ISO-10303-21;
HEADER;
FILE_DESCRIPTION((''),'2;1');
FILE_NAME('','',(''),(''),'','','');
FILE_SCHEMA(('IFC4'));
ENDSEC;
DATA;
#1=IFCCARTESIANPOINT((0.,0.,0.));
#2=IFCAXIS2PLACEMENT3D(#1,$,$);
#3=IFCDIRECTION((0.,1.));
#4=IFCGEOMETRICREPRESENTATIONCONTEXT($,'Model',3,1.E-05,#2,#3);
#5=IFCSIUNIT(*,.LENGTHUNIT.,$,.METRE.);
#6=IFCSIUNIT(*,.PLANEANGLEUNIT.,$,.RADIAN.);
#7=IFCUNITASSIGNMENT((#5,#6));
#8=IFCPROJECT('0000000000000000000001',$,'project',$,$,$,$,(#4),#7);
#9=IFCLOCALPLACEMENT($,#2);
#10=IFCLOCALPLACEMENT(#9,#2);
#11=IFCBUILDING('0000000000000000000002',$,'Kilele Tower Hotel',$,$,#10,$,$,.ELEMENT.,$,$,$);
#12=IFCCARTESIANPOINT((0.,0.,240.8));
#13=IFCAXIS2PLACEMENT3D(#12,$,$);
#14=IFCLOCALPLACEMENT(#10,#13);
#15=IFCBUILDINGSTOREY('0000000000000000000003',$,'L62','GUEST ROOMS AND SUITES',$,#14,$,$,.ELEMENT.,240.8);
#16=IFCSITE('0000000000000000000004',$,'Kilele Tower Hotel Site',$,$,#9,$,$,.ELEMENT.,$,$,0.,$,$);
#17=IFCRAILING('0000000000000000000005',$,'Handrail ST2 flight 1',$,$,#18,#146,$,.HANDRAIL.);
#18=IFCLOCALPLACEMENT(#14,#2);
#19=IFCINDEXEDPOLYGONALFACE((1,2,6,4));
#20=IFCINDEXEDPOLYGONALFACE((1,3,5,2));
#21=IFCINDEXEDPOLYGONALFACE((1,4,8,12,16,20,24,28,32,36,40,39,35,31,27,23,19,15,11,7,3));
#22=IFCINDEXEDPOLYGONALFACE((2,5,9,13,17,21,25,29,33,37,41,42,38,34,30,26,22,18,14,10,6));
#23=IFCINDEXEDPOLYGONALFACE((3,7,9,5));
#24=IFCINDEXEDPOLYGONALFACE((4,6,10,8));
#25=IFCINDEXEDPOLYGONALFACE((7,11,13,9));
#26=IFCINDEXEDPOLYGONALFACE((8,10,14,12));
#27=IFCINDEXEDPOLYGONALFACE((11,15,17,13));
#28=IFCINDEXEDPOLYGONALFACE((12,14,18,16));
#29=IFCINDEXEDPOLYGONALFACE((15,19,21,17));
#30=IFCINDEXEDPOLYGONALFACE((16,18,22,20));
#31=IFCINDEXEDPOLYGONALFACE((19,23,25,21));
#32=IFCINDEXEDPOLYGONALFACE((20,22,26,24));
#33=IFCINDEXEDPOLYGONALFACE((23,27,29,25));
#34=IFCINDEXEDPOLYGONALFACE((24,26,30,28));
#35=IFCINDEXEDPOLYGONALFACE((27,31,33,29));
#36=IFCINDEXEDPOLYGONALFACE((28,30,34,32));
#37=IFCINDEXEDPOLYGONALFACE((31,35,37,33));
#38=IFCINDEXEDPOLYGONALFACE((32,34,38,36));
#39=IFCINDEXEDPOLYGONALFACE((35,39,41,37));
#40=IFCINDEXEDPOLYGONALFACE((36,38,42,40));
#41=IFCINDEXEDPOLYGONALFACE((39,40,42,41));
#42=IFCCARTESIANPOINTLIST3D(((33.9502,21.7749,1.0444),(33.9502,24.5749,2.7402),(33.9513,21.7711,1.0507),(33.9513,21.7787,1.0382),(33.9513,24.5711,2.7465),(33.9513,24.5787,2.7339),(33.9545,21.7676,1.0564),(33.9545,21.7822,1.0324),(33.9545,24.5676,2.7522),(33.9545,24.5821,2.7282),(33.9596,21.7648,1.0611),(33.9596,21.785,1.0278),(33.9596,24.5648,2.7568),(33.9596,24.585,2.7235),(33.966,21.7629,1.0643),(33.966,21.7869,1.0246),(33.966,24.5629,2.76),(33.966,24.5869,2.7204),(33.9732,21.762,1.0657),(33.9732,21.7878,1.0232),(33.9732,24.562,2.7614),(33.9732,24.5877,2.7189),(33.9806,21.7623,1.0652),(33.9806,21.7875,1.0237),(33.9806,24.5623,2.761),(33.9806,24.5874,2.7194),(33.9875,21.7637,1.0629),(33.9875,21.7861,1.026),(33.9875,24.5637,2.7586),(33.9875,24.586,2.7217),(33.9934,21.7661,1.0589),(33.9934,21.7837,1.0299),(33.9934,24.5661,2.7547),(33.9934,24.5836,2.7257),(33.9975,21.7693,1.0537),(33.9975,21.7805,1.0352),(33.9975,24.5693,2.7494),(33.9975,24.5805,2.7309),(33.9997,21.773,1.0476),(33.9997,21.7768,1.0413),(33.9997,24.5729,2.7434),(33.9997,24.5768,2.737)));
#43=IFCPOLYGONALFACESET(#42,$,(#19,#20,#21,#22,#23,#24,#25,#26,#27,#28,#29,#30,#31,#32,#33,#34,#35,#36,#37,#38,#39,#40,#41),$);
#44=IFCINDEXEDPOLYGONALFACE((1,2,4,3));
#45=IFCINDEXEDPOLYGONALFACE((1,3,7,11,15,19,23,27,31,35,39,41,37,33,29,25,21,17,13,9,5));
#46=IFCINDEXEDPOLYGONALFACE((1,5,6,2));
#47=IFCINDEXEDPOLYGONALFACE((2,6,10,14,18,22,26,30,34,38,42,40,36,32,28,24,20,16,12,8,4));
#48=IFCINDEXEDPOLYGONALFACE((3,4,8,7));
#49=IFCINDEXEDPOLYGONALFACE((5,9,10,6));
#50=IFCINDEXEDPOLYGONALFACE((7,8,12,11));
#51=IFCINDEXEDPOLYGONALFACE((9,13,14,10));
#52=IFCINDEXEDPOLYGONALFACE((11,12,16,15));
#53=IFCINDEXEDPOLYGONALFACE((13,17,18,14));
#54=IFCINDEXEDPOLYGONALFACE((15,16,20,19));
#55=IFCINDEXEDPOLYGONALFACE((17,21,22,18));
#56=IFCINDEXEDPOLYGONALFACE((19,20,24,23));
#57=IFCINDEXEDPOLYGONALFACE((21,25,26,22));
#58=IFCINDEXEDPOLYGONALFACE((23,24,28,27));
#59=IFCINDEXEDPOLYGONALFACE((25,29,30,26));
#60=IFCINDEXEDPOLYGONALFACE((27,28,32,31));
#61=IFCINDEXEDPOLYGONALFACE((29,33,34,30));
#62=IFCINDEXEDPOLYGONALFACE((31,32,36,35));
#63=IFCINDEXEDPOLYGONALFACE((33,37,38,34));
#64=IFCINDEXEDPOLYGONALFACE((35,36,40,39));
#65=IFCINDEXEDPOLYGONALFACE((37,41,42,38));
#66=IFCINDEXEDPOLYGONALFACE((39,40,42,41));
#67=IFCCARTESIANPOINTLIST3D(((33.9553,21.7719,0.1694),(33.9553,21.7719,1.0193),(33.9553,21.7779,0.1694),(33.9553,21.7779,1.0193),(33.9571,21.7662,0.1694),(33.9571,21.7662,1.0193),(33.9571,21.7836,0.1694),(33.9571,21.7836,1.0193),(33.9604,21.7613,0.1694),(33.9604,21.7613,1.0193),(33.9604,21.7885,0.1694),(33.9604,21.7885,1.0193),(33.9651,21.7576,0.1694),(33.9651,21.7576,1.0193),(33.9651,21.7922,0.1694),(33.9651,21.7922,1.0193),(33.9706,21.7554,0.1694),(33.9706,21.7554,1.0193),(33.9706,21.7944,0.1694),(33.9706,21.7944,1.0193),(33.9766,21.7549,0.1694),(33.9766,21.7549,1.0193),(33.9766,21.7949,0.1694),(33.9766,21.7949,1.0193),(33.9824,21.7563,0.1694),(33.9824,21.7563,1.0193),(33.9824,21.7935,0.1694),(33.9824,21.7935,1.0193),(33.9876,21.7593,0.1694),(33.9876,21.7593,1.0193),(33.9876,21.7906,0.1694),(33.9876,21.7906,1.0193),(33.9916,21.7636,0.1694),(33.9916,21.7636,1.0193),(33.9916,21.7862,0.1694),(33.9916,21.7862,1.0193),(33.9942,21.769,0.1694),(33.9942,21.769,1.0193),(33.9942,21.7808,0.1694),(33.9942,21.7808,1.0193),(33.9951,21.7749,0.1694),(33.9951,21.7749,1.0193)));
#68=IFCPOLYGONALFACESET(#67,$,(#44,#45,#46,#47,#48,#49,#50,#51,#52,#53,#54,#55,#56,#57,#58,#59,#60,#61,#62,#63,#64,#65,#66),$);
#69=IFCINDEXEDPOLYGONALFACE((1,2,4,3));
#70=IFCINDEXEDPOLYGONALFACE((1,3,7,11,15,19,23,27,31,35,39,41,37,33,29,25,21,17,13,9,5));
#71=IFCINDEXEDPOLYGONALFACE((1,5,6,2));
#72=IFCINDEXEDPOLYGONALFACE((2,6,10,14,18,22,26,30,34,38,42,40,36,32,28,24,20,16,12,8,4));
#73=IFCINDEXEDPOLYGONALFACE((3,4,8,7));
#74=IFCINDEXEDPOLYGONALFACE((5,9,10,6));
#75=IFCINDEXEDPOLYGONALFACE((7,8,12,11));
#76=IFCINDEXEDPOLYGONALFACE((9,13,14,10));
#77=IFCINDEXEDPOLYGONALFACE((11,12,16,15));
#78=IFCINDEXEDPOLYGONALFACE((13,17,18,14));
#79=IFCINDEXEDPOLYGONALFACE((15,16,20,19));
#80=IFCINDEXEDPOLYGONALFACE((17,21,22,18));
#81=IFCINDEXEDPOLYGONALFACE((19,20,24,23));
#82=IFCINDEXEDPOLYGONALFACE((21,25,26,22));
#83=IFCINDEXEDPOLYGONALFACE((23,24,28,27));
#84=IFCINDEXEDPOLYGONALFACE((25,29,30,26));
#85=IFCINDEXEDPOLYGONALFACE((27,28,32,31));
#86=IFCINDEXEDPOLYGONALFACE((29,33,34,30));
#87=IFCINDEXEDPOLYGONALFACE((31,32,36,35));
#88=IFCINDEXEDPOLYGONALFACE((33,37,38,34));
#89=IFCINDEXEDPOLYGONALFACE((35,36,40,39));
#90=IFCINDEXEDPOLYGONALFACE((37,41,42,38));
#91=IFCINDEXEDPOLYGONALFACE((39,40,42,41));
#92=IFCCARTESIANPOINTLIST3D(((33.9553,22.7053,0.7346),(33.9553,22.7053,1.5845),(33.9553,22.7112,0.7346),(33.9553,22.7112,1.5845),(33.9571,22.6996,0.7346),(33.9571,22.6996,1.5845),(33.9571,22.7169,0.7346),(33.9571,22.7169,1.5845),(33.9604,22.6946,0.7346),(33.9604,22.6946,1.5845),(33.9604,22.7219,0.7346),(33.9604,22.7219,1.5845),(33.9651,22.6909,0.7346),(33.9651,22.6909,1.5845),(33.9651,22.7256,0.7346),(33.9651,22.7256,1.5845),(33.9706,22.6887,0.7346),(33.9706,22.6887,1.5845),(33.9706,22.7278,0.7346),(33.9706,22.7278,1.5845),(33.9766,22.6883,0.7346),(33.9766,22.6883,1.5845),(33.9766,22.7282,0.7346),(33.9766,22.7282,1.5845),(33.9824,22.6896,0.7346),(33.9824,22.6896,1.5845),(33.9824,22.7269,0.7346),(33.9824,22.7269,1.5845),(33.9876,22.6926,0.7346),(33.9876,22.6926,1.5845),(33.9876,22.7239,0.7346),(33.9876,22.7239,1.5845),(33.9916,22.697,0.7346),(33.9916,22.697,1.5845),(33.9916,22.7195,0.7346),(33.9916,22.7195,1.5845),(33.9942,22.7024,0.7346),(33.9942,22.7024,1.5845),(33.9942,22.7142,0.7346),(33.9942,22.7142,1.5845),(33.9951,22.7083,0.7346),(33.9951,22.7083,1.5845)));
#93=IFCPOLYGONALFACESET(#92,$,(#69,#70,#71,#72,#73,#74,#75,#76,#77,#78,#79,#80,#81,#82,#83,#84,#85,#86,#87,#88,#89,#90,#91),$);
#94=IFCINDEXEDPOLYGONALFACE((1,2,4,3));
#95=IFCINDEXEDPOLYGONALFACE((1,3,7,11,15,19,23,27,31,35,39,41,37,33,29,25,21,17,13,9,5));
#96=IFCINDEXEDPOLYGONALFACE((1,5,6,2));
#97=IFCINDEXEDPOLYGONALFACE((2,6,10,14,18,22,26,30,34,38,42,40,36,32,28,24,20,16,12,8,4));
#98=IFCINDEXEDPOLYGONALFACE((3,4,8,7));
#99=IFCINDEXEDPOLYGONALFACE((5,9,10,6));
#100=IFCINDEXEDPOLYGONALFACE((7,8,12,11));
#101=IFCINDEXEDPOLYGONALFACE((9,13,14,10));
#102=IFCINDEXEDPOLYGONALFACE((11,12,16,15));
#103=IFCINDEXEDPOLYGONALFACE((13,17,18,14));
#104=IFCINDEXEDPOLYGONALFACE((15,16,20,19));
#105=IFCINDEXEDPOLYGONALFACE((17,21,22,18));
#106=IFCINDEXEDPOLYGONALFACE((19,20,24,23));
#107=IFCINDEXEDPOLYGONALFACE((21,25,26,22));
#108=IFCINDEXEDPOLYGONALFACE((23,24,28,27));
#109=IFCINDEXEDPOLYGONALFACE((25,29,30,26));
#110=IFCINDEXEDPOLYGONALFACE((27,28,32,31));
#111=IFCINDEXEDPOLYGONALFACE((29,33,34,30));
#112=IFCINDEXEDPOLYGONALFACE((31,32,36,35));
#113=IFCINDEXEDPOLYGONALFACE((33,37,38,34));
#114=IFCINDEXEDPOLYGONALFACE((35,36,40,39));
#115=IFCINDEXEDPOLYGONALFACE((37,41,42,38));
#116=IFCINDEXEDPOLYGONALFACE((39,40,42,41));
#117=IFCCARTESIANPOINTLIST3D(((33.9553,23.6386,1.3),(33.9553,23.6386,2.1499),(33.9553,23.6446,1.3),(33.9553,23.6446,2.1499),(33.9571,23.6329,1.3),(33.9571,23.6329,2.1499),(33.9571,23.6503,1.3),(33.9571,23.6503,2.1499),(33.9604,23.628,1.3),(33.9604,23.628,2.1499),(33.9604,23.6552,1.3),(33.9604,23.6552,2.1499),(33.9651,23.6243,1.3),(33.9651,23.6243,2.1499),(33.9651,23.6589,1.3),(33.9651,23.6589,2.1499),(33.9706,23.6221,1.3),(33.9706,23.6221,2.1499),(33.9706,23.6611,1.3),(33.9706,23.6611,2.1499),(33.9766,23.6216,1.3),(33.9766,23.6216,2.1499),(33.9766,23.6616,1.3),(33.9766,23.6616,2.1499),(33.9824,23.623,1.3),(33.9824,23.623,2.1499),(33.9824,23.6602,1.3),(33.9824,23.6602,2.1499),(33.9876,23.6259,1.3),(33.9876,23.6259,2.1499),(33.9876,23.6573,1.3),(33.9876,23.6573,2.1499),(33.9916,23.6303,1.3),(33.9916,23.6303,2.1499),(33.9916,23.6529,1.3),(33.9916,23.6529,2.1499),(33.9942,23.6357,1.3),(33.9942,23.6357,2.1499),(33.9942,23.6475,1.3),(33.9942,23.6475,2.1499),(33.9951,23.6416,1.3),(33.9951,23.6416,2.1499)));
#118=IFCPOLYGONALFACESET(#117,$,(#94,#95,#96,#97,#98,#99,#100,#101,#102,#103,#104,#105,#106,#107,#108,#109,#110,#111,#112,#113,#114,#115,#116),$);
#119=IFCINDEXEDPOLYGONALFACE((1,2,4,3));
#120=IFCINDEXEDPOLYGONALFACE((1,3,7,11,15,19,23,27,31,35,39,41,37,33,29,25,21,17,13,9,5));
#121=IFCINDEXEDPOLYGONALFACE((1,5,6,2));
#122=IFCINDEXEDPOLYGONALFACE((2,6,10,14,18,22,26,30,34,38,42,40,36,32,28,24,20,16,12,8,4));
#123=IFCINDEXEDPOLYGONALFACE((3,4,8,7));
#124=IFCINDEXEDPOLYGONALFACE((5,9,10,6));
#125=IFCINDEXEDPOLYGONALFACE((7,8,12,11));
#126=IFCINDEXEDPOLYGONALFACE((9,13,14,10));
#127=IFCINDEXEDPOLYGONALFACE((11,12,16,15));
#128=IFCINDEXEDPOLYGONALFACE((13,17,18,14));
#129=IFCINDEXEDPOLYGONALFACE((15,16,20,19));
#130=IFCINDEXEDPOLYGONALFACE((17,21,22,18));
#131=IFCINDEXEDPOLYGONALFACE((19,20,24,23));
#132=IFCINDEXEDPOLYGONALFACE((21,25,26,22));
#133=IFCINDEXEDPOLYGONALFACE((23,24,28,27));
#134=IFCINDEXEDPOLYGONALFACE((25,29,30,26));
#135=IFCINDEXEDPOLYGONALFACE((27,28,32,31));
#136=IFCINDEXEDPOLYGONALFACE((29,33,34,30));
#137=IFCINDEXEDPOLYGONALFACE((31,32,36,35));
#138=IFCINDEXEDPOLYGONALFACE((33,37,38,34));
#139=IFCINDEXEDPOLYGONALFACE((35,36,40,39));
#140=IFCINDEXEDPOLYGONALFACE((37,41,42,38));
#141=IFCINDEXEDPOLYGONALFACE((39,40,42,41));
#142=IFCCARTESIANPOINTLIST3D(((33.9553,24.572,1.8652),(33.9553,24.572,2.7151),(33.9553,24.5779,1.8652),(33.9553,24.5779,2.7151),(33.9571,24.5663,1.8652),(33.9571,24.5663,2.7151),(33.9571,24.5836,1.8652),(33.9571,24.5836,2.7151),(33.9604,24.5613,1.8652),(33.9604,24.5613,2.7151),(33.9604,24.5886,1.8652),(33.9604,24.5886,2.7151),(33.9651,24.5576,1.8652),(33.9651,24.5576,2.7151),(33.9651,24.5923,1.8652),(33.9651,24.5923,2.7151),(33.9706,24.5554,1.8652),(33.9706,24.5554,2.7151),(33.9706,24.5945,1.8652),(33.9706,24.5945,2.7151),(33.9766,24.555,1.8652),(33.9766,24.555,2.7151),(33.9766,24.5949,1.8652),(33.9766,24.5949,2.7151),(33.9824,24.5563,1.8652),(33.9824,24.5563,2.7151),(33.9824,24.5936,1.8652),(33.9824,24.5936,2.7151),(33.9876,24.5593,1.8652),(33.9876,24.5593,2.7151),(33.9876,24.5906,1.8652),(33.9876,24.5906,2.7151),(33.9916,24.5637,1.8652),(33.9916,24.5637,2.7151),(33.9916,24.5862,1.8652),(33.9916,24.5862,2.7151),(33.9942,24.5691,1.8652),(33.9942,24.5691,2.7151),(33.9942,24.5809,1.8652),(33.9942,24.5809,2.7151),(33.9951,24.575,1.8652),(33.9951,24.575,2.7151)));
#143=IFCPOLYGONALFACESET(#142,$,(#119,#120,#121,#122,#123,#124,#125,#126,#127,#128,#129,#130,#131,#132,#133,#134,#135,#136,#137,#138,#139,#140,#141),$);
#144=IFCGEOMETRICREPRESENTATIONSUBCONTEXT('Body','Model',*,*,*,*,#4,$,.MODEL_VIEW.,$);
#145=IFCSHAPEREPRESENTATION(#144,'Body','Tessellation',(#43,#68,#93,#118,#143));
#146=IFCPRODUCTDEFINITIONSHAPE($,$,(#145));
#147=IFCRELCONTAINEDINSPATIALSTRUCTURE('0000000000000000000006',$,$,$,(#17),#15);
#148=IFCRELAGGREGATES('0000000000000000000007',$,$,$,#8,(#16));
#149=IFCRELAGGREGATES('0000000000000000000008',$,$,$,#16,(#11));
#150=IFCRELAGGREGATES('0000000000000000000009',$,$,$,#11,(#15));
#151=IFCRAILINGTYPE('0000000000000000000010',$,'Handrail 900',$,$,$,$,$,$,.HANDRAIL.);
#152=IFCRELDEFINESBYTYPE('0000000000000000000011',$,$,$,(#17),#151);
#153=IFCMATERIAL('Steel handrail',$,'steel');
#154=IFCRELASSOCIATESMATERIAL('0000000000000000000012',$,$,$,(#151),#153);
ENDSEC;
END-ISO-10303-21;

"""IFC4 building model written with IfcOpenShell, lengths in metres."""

from ifc_helpers import new_model, si_unit, direction, frame, origin, origin_2d, place, context, subcontext, project, spatial, circle, extrude, material, type_object, element, save


model = new_model("IFC4")

# Units and contexts
model_context = context("Model", 3, precision=1e-05, world=origin(), true_north=direction((0.0, 1.0)))
body_context = subcontext(model_context, "Body", "Model", "MODEL_VIEW")
ifc_project = project(units=[si_unit("LENGTHUNIT", "METRE"), si_unit("PLANEANGLEUNIT", "RADIAN")], contexts=[model_context])

# Site, building, storey
site_placement = place(None, origin())
site = spatial("IfcSite", under=ifc_project, at=site_placement, Name="Kilele Tower Hotel Site", CompositionType="ELEMENT", RefElevation=0.0)
building_placement = place(site_placement, origin())
building = spatial("IfcBuilding", under=site, at=building_placement, Name="Kilele Tower Hotel", CompositionType="ELEMENT")
storey_placement = place(building_placement, frame((0.0, 0.0, 240.8)))
storey = spatial("IfcBuildingStorey", under=building, at=storey_placement, Name="L62", Description="GUEST ROOMS AND SUITES", CompositionType="ELEMENT", Elevation=240.8)

# Railing
ifc_material_1 = material(Name="Steel handrail", Category="steel")
railing_type_1 = type_object("IfcRailingType", Name="Handrail 900", PredefinedType="HANDRAIL", material=ifc_material_1)
for number, where, name in (
    (1, (33.9751, 21.7749, 0.1694), "Handrail ST2 flight 1"),
):
    element("IfcRailing", number, at=place(storey_placement, frame(where)), inside=storey, type_object=railing_type_1, Name=name, PredefinedType="HANDRAIL", context=body_context, shape_type="SweptSolid", body=[
        extrude(circle(Radius=0.0249, at=origin_2d()), frame((0.0, 0.0, 0.875), z_axis=(0.0, 0.85536, 0.518034), x_axis=(-1.0, 0.0, 0.0)), (0.0, 0.0, 1.0), 3.2734),
        extrude(circle(Radius=0.02, at=origin_2d()), origin(), (0.0, 0.0, 1.0), 0.8499),
        extrude(circle(Radius=0.02, at=origin_2d()), frame((0.0, 0.9333, 0.5652)), (0.0, 0.0, 1.0), 0.8499),
        extrude(circle(Radius=0.02, at=origin_2d()), frame((0.0, 1.8667, 1.1306)), (0.0, 0.0, 1.0), 0.8499),
        extrude(circle(Radius=0.02, at=origin_2d()), frame((0.0, 2.8, 1.6958)), (0.0, 0.0, 1.0), 0.8499),
    ])

save(model, "model.ifc")
